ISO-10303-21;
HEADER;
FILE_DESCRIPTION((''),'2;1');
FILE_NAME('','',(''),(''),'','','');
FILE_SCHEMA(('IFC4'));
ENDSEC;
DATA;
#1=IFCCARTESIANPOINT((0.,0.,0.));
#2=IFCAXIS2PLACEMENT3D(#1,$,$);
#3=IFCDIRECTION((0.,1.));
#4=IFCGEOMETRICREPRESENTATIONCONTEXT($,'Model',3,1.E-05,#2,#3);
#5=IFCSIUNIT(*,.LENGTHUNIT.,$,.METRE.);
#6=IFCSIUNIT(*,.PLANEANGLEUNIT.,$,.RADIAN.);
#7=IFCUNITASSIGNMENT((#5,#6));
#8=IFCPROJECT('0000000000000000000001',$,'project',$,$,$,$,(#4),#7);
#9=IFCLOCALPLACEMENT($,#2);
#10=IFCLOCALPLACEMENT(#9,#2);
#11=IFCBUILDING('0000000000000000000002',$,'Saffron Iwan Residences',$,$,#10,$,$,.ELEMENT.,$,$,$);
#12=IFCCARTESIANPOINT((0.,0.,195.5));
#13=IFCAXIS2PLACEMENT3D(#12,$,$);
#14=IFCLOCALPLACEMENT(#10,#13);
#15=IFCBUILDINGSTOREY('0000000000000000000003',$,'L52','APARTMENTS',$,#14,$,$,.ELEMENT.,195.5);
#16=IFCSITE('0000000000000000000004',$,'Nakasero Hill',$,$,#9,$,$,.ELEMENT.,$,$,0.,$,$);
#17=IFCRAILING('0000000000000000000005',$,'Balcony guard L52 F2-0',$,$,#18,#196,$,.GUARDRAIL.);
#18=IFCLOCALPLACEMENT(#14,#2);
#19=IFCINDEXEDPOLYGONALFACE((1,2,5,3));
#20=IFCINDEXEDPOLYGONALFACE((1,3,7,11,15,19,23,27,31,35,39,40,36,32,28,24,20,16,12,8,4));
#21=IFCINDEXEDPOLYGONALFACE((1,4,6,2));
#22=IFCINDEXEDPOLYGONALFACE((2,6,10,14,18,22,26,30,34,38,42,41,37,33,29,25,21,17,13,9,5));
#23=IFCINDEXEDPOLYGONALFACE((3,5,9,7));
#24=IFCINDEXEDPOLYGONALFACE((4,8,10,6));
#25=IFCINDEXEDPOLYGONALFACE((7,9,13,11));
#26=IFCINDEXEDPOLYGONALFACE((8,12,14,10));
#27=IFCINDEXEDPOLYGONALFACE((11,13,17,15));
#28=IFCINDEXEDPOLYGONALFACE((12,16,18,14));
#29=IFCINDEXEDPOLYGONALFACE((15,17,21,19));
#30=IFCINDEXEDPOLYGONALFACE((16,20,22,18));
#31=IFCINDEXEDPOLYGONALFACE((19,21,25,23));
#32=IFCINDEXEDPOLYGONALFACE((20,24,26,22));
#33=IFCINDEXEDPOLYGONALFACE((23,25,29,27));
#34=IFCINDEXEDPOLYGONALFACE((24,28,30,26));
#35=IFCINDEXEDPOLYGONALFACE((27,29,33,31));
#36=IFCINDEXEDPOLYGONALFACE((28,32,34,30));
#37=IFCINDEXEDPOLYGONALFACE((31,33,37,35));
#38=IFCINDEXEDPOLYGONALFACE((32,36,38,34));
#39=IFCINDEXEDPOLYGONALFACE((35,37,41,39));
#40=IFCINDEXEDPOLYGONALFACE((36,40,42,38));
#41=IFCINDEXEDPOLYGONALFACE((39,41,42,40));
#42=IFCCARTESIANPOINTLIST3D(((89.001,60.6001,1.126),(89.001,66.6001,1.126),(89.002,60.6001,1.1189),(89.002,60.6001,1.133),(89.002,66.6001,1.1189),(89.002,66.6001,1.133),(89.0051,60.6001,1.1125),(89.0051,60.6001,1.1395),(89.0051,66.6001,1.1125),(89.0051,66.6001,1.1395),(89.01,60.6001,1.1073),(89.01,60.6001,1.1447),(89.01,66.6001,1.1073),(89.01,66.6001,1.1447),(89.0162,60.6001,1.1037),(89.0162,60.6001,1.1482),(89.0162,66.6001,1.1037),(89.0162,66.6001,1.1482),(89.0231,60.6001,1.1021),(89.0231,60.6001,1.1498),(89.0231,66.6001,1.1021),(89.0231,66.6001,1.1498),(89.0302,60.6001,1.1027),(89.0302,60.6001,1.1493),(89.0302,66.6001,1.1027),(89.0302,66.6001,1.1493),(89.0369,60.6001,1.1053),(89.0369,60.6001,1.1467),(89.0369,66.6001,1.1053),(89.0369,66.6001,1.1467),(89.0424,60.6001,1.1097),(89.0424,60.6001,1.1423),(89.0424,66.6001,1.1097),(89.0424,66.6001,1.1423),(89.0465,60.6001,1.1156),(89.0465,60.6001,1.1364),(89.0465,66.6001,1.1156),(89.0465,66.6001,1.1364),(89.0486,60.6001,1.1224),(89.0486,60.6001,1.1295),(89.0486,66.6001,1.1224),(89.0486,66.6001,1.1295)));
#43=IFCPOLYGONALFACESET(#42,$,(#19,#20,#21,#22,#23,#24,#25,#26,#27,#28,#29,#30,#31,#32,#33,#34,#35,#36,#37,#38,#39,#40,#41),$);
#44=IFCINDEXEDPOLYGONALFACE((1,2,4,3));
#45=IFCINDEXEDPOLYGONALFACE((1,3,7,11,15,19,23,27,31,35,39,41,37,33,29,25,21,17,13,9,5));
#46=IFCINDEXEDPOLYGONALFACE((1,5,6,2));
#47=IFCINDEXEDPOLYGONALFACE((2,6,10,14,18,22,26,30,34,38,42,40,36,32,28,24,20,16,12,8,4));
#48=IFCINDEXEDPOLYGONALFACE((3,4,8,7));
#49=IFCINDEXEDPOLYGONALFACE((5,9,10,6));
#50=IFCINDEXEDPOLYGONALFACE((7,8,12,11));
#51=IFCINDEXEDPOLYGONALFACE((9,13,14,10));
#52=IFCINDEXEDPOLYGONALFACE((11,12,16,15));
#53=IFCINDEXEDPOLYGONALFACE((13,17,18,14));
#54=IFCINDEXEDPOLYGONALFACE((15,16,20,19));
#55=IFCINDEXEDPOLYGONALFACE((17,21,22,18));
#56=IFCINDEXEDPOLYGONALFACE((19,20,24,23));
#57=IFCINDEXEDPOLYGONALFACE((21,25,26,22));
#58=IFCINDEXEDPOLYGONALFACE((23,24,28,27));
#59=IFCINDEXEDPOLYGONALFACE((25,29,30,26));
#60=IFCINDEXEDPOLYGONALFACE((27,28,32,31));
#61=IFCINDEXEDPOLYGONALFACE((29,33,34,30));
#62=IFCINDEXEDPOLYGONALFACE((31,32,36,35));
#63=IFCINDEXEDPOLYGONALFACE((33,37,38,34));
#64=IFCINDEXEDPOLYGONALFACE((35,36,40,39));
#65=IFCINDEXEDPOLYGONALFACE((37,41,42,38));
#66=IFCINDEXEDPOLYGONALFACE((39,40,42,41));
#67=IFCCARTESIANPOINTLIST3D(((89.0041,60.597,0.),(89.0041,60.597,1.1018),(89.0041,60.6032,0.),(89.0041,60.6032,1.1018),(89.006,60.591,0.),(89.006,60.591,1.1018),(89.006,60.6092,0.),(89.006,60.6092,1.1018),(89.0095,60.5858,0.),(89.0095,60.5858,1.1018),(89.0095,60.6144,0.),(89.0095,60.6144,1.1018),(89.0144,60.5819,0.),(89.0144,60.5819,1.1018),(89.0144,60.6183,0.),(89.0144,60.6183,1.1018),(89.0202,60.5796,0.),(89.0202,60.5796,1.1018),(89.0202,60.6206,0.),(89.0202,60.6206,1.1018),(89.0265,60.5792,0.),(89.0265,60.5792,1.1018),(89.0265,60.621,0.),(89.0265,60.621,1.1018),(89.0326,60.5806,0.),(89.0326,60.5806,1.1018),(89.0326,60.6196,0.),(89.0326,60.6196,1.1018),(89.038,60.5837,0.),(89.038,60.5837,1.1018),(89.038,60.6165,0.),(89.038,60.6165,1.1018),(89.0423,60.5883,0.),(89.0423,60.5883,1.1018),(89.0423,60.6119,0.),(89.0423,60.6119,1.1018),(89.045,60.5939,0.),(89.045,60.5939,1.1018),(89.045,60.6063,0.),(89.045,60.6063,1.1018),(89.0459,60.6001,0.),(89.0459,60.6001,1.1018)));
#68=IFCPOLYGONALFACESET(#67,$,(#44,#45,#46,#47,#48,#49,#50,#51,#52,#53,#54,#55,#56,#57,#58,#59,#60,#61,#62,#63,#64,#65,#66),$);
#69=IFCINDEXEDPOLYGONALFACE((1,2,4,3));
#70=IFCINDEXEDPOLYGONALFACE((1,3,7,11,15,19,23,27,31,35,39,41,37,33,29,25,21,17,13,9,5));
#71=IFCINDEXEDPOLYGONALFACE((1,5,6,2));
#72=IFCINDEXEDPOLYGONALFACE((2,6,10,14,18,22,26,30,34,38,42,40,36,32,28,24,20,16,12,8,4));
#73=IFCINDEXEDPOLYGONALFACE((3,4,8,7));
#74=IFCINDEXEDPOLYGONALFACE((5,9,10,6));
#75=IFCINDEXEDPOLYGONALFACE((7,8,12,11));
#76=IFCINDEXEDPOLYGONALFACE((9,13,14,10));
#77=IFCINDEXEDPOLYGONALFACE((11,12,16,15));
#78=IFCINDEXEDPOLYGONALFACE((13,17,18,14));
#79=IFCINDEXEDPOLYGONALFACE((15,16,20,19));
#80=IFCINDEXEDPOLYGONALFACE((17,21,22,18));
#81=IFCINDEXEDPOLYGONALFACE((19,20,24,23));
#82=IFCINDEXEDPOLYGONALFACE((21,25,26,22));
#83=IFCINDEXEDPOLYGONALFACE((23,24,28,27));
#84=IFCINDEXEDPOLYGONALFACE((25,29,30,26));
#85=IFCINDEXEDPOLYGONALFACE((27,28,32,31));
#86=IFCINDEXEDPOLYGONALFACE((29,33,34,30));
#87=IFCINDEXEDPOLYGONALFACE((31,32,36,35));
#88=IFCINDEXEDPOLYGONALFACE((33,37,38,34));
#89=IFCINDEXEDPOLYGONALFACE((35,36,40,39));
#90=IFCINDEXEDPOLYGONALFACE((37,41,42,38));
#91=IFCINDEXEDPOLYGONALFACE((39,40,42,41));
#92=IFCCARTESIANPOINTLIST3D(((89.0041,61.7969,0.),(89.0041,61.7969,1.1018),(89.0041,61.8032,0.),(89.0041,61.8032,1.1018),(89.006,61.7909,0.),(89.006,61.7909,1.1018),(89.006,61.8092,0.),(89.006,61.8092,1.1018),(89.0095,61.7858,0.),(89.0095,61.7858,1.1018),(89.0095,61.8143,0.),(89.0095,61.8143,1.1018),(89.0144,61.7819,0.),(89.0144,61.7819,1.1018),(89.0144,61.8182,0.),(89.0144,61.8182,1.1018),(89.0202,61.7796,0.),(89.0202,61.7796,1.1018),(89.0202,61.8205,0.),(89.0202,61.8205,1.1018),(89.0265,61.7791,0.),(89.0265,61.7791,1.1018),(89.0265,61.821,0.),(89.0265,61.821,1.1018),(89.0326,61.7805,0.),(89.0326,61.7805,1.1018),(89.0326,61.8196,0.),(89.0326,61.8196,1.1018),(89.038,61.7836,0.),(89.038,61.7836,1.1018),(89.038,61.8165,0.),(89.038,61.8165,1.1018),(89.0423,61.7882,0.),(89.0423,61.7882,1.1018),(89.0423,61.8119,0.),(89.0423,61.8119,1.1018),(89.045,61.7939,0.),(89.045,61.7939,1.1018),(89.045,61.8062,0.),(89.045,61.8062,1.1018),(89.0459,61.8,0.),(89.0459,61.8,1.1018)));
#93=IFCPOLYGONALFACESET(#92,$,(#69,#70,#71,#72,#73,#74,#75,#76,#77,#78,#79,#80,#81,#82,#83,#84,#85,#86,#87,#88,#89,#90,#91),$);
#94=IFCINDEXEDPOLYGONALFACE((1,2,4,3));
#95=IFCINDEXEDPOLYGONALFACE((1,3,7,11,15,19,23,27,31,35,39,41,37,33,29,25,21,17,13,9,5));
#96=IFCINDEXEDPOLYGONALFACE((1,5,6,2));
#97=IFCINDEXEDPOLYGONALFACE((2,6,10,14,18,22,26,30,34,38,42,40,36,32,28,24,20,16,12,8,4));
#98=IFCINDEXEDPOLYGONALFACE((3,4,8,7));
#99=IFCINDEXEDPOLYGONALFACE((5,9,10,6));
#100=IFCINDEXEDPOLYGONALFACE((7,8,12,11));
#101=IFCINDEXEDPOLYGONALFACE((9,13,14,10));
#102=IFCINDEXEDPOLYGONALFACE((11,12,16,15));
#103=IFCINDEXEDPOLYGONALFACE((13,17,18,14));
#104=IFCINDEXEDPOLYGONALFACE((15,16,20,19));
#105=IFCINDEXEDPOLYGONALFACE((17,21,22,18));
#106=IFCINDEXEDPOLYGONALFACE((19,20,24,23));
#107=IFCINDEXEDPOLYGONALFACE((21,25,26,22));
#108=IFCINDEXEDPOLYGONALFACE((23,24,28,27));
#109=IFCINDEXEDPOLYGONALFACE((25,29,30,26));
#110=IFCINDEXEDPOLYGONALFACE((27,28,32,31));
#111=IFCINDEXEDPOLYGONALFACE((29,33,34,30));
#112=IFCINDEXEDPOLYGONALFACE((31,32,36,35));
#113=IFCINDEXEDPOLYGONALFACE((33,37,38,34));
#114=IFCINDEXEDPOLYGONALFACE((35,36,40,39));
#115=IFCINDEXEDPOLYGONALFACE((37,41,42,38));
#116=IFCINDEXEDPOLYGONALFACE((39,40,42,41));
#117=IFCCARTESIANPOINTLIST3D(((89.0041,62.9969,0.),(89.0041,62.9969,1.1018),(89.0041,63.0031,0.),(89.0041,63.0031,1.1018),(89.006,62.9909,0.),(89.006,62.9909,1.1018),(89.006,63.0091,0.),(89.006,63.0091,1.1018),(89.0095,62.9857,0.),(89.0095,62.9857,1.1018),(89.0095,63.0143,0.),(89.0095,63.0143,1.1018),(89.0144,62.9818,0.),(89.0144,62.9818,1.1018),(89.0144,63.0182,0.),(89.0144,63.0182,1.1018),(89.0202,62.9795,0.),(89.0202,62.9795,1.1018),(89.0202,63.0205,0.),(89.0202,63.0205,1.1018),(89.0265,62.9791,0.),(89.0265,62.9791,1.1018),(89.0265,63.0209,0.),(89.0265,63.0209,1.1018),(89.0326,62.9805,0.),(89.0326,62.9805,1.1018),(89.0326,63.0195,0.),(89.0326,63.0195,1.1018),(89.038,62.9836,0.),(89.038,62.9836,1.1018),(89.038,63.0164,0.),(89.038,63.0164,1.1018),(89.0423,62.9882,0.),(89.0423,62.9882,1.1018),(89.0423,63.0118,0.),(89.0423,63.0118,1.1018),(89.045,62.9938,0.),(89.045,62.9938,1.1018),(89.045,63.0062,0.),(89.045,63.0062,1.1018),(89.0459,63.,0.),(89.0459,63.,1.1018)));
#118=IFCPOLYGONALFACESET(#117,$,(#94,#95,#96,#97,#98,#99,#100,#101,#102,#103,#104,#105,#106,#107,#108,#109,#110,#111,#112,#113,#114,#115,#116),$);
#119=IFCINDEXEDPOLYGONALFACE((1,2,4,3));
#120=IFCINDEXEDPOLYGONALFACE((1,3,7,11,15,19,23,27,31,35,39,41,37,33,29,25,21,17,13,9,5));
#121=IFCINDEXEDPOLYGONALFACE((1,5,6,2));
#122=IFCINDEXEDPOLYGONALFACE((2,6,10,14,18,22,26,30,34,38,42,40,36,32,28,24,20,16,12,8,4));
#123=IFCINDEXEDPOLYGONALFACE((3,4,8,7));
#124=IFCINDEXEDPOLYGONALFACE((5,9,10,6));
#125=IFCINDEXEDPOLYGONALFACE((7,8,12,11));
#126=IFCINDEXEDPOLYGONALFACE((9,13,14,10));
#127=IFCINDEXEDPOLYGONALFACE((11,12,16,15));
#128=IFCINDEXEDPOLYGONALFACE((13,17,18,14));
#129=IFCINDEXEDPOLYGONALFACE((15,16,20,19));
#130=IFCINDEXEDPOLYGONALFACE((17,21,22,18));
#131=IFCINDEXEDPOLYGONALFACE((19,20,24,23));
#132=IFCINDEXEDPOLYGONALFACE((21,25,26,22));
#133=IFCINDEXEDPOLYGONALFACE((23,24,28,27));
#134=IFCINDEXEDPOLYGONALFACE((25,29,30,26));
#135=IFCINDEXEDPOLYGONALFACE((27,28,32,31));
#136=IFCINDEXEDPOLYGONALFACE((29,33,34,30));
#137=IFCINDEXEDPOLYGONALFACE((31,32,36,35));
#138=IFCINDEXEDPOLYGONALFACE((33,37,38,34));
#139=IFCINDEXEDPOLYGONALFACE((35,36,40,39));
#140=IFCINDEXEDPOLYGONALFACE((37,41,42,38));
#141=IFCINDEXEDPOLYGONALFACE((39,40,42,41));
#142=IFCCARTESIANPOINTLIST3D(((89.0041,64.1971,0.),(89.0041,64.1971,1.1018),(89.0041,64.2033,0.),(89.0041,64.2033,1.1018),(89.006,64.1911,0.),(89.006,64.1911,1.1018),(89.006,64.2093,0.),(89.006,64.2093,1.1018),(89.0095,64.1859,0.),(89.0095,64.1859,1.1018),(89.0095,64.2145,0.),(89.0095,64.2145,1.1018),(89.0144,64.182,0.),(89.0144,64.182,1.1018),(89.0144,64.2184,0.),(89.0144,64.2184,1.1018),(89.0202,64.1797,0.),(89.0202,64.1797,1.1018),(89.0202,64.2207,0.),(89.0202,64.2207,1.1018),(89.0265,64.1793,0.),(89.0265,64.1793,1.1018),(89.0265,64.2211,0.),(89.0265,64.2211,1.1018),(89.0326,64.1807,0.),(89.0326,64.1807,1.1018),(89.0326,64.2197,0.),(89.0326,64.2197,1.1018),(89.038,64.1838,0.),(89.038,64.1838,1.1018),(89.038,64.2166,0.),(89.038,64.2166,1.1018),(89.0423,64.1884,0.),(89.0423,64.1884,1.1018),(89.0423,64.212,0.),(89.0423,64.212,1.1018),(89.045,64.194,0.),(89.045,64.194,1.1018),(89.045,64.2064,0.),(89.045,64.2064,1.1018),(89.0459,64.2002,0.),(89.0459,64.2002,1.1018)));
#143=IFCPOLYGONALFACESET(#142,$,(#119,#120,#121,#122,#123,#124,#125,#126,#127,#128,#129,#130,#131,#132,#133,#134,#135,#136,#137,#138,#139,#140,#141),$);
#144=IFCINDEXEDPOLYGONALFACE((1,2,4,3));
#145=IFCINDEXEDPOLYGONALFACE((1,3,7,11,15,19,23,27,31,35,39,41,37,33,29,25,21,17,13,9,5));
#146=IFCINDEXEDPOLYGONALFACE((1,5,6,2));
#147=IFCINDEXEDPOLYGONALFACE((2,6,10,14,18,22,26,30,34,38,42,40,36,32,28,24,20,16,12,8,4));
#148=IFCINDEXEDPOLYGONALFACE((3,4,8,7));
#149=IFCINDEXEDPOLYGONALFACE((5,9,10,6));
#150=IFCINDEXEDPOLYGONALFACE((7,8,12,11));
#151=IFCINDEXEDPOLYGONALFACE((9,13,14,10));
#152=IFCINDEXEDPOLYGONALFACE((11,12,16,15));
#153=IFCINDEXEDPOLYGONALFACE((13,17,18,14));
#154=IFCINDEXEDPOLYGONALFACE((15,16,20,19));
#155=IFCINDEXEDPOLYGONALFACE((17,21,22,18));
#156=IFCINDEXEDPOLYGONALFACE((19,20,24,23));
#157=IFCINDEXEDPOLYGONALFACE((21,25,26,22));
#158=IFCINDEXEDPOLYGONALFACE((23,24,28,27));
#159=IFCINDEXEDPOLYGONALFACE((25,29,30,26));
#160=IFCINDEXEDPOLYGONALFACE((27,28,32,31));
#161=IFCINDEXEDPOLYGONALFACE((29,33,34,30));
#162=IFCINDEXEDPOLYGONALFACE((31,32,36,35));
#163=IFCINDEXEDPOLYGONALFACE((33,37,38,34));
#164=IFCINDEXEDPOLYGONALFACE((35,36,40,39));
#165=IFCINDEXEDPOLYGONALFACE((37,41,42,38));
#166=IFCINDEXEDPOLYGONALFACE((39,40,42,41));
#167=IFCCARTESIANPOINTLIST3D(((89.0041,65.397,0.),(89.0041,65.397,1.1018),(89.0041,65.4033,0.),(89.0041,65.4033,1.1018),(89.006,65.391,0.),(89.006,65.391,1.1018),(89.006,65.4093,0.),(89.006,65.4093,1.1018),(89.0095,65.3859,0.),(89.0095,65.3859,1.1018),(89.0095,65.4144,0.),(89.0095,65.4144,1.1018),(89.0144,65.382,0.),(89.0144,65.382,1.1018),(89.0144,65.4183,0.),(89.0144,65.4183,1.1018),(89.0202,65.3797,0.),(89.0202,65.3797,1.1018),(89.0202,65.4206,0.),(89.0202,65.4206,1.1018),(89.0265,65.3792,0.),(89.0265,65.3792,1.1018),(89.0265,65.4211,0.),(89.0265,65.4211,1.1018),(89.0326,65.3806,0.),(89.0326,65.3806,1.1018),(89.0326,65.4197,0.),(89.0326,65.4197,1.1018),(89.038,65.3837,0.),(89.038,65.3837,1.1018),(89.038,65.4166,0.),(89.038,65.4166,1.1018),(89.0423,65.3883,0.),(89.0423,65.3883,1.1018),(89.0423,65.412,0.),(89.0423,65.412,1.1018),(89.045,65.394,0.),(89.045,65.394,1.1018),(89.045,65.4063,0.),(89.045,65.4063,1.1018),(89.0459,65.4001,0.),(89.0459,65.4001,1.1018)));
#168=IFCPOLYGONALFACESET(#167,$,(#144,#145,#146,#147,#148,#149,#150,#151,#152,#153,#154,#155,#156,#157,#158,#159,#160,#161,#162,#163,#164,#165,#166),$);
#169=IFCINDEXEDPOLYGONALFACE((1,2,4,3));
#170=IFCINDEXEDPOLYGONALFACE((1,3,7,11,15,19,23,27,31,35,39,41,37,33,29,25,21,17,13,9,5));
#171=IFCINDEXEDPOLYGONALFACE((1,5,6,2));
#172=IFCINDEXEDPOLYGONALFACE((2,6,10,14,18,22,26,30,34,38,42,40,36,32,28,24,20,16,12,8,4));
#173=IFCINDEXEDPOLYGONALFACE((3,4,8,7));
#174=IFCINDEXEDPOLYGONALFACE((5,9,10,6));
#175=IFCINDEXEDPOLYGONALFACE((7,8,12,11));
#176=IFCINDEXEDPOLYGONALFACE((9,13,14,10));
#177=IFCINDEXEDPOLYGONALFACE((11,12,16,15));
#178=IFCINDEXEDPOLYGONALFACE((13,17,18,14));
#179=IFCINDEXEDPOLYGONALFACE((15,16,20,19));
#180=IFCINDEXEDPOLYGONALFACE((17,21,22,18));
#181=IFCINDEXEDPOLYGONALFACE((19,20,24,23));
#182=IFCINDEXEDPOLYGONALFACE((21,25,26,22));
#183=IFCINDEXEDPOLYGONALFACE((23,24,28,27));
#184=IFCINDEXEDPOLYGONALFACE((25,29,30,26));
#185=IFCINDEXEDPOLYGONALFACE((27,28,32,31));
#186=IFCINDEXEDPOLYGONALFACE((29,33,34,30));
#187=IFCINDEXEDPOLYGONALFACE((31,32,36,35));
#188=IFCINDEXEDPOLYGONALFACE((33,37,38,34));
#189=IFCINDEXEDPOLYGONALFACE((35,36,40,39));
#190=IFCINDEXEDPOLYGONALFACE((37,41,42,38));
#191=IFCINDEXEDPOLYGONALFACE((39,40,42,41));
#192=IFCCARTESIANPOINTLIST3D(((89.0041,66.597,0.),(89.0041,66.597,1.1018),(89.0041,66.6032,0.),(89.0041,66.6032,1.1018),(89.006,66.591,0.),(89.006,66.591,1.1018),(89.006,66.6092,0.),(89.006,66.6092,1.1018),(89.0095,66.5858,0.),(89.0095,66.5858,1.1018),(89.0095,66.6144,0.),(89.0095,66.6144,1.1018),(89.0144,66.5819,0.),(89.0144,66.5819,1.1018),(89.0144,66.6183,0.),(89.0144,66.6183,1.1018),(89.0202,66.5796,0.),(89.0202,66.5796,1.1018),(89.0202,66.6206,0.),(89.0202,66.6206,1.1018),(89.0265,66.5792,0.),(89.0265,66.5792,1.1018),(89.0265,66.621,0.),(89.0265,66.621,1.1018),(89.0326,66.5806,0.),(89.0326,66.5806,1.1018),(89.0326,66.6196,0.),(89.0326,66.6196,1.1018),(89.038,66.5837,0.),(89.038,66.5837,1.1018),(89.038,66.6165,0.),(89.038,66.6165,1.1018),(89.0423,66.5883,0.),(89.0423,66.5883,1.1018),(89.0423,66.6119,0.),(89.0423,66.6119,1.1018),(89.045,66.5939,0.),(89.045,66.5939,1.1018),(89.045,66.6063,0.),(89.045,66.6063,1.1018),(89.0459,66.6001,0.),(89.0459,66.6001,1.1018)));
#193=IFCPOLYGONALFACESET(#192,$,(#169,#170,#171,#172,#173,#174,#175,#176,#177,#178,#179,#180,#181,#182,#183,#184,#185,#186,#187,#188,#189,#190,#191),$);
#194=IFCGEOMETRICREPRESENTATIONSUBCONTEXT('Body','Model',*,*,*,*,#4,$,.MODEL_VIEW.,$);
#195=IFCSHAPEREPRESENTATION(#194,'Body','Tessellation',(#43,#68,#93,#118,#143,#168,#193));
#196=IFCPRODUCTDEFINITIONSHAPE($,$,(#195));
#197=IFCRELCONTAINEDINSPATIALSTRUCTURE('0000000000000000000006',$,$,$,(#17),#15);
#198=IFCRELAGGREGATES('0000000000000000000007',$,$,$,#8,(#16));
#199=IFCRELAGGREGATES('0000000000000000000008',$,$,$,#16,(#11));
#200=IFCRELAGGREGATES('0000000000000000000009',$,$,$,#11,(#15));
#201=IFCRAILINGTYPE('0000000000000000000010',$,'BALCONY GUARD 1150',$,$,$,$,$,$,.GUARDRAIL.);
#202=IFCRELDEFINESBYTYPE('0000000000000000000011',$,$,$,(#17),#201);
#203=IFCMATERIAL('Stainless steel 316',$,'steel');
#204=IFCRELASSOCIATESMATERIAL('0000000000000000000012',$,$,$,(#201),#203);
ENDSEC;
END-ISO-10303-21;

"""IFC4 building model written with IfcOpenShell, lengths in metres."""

from ifc_helpers import new_model, si_unit, direction, frame, origin, origin_2d, place, context, subcontext, project, spatial, circle, extrude, material, type_object, element, save


model = new_model("IFC4")

# Units and contexts
model_context = context("Model", 3, precision=1e-05, world=origin(), true_north=direction((0.0, 1.0)))
body_context = subcontext(model_context, "Body", "Model", "MODEL_VIEW")
ifc_project = project(units=[si_unit("LENGTHUNIT", "METRE"), si_unit("PLANEANGLEUNIT", "RADIAN")], contexts=[model_context])

# Site, building, storey
site_placement = place(None, origin())
site = spatial("IfcSite", under=ifc_project, at=site_placement, Name="Nakasero Hill", CompositionType="ELEMENT", RefElevation=0.0)
building_placement = place(site_placement, origin())
building = spatial("IfcBuilding", under=site, at=building_placement, Name="Saffron Iwan Residences", CompositionType="ELEMENT")
storey_placement = place(building_placement, frame((0.0, 0.0, 195.5)))
storey = spatial("IfcBuildingStorey", under=building, at=storey_placement, Name="L52", Description="APARTMENTS", CompositionType="ELEMENT", Elevation=195.5)

# Railing
ifc_material_1 = material(Name="Stainless steel 316", Category="steel")
railing_type = type_object("IfcRailingType", Name="BALCONY GUARD 1150", PredefinedType="GUARDRAIL", material=ifc_material_1)
railing_placement = place(storey_placement, frame((89.0249, 60.6001, 0.0)))
element("IfcRailing", 1, at=railing_placement, inside=storey, type_object=railing_type, Name="Balcony guard L52 F2-0", PredefinedType="GUARDRAIL", context=body_context, shape_type="SweptSolid", body=[
    extrude(circle(Radius=0.0239, at=origin_2d()), frame((0.0, 0.0, 1.126), z_axis=(0.0, 1.0, 0.0), x_axis=(-1.0, 0.0, 0.0)), (0.0, 0.0, 1.0), 6.0),
    extrude(circle(Radius=0.021, at=origin_2d()), origin(), (0.0, 0.0, 1.0), 1.1018),
    extrude(circle(Radius=0.021, at=origin_2d()), frame((0.0, 1.2, 0.0)), (0.0, 0.0, 1.0), 1.1018),
    extrude(circle(Radius=0.021, at=origin_2d()), frame((0.0, 2.3999, 0.0)), (0.0, 0.0, 1.0), 1.1018),
    extrude(circle(Radius=0.021, at=origin_2d()), frame((0.0, 3.6001, 0.0)), (0.0, 0.0, 1.0), 1.1018),
    extrude(circle(Radius=0.021, at=origin_2d()), frame((0.0, 4.8, 0.0)), (0.0, 0.0, 1.0), 1.1018),
    extrude(circle(Radius=0.021, at=origin_2d()), frame((0.0, 6.0, 0.0)), (0.0, 0.0, 1.0), 1.1018),
])

save(model, "model.ifc")
